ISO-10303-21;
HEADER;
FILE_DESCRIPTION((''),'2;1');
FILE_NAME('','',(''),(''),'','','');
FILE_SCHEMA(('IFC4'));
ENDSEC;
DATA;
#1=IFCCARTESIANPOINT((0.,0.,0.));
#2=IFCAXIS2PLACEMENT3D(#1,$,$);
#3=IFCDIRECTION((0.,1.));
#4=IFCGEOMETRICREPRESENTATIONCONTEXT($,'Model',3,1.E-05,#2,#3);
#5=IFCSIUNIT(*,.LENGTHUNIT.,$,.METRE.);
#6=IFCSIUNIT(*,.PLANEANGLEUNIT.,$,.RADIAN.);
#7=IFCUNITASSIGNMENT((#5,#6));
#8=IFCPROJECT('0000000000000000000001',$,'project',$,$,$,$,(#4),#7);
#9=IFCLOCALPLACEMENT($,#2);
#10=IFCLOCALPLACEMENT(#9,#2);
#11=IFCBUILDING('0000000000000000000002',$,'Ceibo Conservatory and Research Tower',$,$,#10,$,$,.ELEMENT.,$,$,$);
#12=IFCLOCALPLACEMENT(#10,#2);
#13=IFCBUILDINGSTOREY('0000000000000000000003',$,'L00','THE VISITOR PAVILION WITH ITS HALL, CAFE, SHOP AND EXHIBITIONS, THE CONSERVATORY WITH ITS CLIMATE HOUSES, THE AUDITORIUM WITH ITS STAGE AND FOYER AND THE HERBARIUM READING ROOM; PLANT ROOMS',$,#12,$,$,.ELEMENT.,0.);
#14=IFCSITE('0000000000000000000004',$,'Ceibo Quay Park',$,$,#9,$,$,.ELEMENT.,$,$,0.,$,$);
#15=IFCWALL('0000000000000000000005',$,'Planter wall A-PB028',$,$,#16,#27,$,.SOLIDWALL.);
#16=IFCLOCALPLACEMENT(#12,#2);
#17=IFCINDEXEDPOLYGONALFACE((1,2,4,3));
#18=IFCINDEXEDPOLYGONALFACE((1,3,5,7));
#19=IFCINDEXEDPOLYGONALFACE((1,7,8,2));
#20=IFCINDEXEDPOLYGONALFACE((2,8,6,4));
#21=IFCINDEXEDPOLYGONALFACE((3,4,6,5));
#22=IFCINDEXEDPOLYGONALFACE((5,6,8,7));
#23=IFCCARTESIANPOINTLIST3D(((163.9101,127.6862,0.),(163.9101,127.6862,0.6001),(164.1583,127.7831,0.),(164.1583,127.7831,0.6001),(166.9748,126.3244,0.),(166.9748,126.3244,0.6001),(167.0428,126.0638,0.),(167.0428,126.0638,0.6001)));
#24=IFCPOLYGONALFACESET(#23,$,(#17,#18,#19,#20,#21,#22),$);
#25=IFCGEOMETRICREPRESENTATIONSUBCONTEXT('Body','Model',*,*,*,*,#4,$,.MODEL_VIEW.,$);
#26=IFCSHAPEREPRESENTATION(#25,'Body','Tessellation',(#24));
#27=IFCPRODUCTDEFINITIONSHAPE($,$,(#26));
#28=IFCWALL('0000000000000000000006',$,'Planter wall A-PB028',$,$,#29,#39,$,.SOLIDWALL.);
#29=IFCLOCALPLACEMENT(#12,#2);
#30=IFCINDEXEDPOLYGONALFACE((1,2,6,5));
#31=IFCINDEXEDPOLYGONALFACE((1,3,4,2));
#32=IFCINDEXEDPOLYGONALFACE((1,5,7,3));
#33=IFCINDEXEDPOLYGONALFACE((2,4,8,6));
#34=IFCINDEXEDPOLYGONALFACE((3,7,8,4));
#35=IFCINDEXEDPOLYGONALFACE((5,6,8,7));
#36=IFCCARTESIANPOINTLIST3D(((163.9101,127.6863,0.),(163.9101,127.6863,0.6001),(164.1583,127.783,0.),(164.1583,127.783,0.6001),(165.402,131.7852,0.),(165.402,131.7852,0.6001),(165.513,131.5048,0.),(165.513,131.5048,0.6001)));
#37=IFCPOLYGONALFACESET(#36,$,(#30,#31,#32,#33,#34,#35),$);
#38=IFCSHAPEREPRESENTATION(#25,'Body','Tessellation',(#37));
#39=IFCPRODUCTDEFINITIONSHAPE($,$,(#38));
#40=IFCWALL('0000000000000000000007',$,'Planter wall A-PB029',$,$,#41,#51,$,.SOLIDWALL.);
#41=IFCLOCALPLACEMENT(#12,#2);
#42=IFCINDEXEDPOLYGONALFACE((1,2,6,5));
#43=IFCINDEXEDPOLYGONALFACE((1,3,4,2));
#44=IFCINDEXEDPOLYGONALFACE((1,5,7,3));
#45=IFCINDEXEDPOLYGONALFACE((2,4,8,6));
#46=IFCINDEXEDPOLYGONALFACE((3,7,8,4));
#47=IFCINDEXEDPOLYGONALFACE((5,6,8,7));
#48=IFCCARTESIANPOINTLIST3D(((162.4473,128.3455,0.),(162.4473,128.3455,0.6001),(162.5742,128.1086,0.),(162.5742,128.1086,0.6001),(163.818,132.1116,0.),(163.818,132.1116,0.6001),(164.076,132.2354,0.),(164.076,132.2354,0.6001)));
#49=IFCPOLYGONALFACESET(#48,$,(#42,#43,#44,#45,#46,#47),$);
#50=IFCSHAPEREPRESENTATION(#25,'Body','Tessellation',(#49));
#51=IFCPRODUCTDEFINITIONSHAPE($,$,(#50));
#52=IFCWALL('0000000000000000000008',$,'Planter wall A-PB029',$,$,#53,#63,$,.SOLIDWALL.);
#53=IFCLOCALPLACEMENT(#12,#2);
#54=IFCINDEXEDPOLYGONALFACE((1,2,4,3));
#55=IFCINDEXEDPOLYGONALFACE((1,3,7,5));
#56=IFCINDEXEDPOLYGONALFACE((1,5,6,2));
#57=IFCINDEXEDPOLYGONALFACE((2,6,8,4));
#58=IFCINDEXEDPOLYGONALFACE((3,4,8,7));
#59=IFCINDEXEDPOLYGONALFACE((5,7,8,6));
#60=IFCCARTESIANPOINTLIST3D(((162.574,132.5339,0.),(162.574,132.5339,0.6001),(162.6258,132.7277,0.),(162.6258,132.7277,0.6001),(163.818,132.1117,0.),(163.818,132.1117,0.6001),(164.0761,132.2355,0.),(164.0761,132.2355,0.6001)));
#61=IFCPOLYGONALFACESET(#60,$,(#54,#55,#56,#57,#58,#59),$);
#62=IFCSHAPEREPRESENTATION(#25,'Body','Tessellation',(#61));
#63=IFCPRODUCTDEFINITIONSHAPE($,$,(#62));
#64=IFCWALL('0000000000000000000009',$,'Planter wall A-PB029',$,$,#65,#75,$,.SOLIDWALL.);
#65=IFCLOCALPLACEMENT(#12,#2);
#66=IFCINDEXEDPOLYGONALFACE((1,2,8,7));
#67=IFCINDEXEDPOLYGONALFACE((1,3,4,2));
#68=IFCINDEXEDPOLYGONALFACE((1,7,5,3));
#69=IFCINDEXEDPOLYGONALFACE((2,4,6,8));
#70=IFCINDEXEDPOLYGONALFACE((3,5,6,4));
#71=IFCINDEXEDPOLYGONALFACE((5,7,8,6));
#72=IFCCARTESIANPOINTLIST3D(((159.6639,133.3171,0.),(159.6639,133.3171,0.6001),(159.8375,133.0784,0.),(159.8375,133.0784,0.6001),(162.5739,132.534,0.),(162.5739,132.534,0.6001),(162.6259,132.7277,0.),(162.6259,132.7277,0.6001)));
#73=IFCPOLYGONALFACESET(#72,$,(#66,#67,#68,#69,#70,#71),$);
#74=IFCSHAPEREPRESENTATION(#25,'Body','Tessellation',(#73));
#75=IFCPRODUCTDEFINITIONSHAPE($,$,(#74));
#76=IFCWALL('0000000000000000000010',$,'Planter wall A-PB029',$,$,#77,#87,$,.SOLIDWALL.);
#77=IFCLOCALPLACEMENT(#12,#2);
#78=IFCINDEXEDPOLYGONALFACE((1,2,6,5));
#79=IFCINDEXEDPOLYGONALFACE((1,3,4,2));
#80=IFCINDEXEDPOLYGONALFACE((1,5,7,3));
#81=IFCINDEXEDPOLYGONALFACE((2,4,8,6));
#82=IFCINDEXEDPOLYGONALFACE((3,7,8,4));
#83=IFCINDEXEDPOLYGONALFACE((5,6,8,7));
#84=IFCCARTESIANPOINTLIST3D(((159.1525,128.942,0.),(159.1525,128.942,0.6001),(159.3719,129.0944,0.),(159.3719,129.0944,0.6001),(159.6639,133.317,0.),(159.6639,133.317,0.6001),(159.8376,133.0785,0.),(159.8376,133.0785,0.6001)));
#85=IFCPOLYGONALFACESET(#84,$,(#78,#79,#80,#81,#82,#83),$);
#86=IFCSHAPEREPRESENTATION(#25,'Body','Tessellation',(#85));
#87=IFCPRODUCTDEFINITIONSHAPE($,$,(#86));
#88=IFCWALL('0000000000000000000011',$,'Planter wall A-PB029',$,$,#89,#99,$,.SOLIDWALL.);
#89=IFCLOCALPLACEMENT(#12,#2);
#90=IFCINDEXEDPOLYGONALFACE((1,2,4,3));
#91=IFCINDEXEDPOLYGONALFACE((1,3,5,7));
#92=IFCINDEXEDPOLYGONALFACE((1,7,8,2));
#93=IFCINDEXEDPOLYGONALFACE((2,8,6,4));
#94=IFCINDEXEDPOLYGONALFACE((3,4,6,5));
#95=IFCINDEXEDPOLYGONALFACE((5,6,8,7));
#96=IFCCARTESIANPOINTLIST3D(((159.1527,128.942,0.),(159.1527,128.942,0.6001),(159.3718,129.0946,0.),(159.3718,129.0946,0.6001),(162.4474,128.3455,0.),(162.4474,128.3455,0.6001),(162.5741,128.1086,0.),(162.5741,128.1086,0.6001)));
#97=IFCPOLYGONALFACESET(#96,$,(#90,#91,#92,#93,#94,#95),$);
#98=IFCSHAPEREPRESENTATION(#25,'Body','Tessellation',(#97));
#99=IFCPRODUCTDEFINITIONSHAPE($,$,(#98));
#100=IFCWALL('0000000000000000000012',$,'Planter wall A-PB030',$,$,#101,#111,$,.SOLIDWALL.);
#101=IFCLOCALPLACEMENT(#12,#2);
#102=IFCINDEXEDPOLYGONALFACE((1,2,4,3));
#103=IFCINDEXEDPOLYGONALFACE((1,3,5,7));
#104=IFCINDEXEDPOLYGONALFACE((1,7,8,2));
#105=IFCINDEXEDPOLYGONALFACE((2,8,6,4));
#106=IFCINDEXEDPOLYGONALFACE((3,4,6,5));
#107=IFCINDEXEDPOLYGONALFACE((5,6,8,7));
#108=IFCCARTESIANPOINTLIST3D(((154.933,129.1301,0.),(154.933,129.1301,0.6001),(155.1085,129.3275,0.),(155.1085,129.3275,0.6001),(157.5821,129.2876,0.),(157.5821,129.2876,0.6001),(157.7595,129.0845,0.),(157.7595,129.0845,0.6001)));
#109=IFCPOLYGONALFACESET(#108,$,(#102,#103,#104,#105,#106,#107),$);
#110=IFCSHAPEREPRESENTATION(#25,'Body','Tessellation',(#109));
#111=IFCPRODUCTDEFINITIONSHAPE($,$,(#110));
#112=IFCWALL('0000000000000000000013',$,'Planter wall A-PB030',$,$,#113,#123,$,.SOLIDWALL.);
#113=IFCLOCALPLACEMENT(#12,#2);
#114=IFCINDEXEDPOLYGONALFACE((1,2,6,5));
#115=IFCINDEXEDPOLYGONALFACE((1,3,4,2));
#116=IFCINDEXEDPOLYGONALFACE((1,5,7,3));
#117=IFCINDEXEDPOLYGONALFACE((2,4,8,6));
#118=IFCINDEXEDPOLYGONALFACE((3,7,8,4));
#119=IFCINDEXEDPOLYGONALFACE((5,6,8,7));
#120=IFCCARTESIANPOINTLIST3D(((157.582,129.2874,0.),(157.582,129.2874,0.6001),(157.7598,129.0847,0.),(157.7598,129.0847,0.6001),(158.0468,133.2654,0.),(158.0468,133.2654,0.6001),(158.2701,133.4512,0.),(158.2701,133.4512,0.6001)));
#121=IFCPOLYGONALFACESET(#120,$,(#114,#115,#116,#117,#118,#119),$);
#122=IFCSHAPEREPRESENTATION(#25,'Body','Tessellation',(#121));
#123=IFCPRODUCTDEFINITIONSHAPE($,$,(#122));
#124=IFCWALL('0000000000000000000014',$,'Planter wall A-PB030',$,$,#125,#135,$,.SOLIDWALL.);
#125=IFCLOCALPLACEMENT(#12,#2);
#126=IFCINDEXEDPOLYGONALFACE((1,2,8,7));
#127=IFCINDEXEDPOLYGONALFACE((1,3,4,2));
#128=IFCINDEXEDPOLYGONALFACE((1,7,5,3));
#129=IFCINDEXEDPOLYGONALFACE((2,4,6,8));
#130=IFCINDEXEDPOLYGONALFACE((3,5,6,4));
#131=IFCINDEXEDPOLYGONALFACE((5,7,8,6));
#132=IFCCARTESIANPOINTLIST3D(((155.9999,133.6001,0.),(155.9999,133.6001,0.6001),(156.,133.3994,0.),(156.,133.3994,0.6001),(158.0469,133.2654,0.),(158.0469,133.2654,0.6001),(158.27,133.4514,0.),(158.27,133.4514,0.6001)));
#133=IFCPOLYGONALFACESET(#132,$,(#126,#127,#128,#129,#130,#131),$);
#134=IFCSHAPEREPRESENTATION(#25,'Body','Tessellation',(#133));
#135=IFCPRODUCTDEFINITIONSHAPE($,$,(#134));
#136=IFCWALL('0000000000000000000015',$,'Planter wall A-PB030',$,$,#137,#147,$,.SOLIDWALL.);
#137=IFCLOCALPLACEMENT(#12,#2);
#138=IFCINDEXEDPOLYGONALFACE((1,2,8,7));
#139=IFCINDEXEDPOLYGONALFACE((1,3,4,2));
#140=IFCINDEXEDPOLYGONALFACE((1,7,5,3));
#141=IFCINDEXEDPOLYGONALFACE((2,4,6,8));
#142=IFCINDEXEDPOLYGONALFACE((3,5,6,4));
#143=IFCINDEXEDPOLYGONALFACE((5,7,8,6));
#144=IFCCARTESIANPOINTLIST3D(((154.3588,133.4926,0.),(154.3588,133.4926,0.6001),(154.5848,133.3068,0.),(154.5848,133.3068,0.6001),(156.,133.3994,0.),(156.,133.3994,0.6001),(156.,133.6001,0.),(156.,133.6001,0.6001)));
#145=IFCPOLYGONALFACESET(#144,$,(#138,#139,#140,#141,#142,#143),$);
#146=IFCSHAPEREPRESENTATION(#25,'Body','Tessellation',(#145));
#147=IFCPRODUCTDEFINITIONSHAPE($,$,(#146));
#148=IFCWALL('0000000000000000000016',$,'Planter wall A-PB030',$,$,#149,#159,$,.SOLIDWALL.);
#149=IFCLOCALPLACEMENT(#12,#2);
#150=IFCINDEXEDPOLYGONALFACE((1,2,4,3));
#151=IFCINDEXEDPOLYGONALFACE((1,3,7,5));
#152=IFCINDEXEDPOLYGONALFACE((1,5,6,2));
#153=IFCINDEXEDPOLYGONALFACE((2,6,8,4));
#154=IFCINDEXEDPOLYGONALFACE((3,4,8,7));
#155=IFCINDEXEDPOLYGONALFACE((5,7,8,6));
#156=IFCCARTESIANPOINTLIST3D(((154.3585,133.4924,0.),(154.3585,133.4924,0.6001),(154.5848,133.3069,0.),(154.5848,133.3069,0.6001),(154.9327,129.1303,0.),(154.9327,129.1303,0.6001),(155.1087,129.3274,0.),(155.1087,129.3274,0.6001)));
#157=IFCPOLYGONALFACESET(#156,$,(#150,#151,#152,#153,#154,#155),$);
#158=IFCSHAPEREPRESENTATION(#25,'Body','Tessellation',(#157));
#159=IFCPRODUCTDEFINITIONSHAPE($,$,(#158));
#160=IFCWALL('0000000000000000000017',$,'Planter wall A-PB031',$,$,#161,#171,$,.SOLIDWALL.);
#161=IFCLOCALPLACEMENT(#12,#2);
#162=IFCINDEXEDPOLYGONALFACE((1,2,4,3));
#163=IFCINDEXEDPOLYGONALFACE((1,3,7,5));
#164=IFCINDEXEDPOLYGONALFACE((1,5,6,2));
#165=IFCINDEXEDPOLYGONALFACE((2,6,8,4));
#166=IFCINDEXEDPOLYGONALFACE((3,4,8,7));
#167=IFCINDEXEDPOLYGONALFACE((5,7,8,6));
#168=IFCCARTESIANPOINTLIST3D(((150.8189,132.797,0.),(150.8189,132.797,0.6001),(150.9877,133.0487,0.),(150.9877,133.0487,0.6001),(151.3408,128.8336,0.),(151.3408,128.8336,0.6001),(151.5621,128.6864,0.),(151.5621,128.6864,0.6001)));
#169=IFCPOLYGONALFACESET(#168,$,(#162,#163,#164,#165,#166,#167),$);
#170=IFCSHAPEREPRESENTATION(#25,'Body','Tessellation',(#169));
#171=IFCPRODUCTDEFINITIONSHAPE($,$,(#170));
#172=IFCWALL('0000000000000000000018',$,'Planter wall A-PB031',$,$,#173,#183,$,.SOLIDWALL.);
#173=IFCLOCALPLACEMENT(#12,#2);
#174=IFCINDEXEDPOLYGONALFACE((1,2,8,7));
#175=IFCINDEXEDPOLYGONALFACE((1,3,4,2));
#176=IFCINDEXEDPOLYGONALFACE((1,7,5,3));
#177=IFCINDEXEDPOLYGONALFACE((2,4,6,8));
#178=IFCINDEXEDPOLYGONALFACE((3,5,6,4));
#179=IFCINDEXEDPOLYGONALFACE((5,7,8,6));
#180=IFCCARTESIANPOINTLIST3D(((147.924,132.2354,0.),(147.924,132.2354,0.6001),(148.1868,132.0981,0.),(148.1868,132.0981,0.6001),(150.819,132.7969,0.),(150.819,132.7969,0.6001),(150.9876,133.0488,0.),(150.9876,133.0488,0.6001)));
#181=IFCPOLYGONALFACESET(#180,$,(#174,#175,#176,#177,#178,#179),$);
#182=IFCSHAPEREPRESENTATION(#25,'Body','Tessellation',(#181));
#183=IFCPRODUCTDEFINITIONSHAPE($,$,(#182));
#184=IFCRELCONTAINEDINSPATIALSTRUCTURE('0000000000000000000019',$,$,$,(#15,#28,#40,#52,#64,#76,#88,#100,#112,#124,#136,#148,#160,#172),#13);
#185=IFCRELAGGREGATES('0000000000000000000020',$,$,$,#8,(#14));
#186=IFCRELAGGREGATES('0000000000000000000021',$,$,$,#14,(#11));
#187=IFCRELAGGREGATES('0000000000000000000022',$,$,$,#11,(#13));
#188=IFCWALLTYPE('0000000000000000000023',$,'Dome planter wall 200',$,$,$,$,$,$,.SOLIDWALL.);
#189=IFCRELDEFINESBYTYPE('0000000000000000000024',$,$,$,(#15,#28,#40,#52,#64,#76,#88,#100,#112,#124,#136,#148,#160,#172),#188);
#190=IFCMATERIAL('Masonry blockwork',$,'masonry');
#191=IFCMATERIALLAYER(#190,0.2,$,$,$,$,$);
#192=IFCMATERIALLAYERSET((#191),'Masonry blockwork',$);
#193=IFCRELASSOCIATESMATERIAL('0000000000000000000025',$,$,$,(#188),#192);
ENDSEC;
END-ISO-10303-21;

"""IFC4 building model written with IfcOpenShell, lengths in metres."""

from ifc_helpers import new_model, si_unit, direction, frame, origin, place, context, subcontext, project, spatial, polyline, outline, extrude, material, layer, layer_set, type_object, element, save


model = new_model("IFC4")

# Units and contexts
model_context = context("Model", 3, precision=1e-05, world=origin(), true_north=direction((0.0, 1.0)))
body_context = subcontext(model_context, "Body", "Model", "MODEL_VIEW")
ifc_project = project(units=[si_unit("LENGTHUNIT", "METRE"), si_unit("PLANEANGLEUNIT", "RADIAN")], contexts=[model_context])

# Site, building, storey
site_placement = place(None, origin())
site = spatial("IfcSite", under=ifc_project, at=site_placement, Name="Ceibo Quay Park", CompositionType="ELEMENT", RefElevation=0.0)
building_placement = place(site_placement, origin())
building = spatial("IfcBuilding", under=site, at=building_placement, Name="Ceibo Conservatory and Research Tower", CompositionType="ELEMENT")
storey_placement = place(building_placement, origin())
storey = spatial("IfcBuildingStorey", under=building, at=storey_placement, Name="L00", Description="THE VISITOR PAVILION WITH ITS HALL, CAFE, SHOP AND EXHIBITIONS, THE CONSERVATORY WITH ITS CLIMATE HOUSES, THE AUDITORIUM WITH ITS STAGE AND FOYER AND THE HERBARIUM READING ROOM; PLANT ROOMS", CompositionType="ELEMENT", Elevation=0.0)

# Walls
ifc_material_1 = material(Name="Masonry blockwork", Category="masonry")
ifc_layer_1 = layer(ifc_material_1, 0.2)
ifc_layer_set_1 = layer_set([ifc_layer_1], Name="Masonry blockwork")
wall_type_1 = type_object("IfcWallType", Name="Dome planter wall 200", PredefinedType="SOLIDWALL", material=ifc_layer_set_1)
wall_1_placement = place(storey_placement, frame((164.0342, 127.7346, 0.0), z_axis=(0.0, 0.0, 1.0), x_axis=(0.887982, -0.459879, 0.0)))
element("IfcWall", 1, at=wall_1_placement, inside=storey, type_object=wall_type_1, Name="Planter wall A-PB028", PredefinedType="SOLIDWALL", context=body_context, shape_type="SweptSolid", body=[
    extrude(outline(polyline([(-0.0879, -0.1001), (3.4399, -0.1001), (3.2598, 0.1001), (0.0879, 0.1001), (-0.0879, -0.1001)])), origin(), (0.0, 0.0, 1.0), 0.6001),
])
wall_2_placement = place(storey_placement, frame((165.4575, 131.645, 0.0), z_axis=(0.0, 0.0, 1.0), x_axis=(-0.342035, -0.939687, 0.0)))
element("IfcWall", 2, at=wall_2_placement, inside=storey, type_object=wall_type_1, Name="Planter wall A-PB028", PredefinedType="SOLIDWALL", context=body_context, shape_type="SweptSolid", body=[
    extrude(outline(polyline([(-0.1128, -0.1001), (4.2493, -0.1001), (4.0735, 0.1001), (0.1128, 0.1001), (-0.1128, -0.1001)])), origin(), (0.0, 0.0, 1.0), 0.6001),
])
wall_3_placement = place(storey_placement, frame((162.5107, 128.2271, 0.0), z_axis=(0.0, 0.0, 1.0), x_axis=(0.34199, 0.939703, 0.0)))
element("IfcWall", 3, at=wall_3_placement, inside=storey, type_object=wall_type_1, Name="Planter wall A-PB029", PredefinedType="SOLIDWALL", context=body_context, shape_type="SweptSolid", body=[
    extrude(outline(polyline([(-0.0896, -0.1001), (4.302, -0.1001), (4.0974, 0.1001), (0.0896, 0.1001), (-0.0896, -0.1001)])), origin(), (0.0, 0.0, 1.0), 0.6001),
])
wall_4_placement = place(storey_placement, frame((163.947, 132.1736, 0.0), z_axis=(0.0, 0.0, 1.0), x_axis=(-0.946936, 0.321423, 0.0)))
element("IfcWall", 4, at=wall_4_placement, inside=storey, type_object=wall_type_1, Name="Planter wall A-PB029", PredefinedType="SOLIDWALL", context=body_context, shape_type="SweptSolid", body=[
    extrude(outline(polyline([(-0.1023, -0.1001), (1.4292, -0.1001), (1.416, 0.1001), (0.1023, 0.1001), (-0.1023, -0.1001)])), origin(), (0.0, 0.0, 1.0), 0.6001),
])
wall_5_placement = place(storey_placement, frame((162.5999, 132.6309, 0.0), z_axis=(0.0, 0.0, 1.0), x_axis=(-0.980774, 0.195146, 0.0)))
element("IfcWall", 5, at=wall_5_placement, inside=storey, type_object=wall_type_1, Name="Planter wall A-PB029", PredefinedType="SOLIDWALL", context=body_context, shape_type="SweptSolid", body=[
    extrude(outline(polyline([(-0.0066, -0.1001), (3.0134, -0.1001), (2.7966, 0.1001), (0.0066, 0.1001), (-0.0066, -0.1001)])), origin(), (0.0, 0.0, 1.0), 0.6001),
])
wall_6_placement = place(storey_placement, frame((159.7507, 133.1978, 0.0), z_axis=(0.0, 0.0, 1.0), x_axis=(-0.116097, -0.993238, 0.0)))
element("IfcWall", 6, at=wall_6_placement, inside=storey, type_object=wall_type_1, Name="Planter wall A-PB029", PredefinedType="SOLIDWALL", context=body_context, shape_type="SweptSolid", body=[
    extrude(outline(polyline([(-0.1084, -0.1001), (4.2964, -0.1001), (4.1196, 0.1001), (0.1084, 0.1001), (-0.1084, -0.1001)])), origin(), (0.0, 0.0, 1.0), 0.6001),
])
wall_7_placement = place(storey_placement, frame((159.2622, 129.0183, 0.0), z_axis=(0.0, 0.0, 1.0), x_axis=(0.971594, -0.236655, 0.0)))
element("IfcWall", 7, at=wall_7_placement, inside=storey, type_object=wall_type_1, Name="Planter wall A-PB029", PredefinedType="SOLIDWALL", context=body_context, shape_type="SweptSolid", body=[
    extrude(outline(polyline([(-0.0884, -0.1001), (3.4331, -0.1001), (3.2539, 0.1001), (0.0884, 0.1001), (-0.0884, -0.1001)])), origin(), (0.0, 0.0, 1.0), 0.6001),
])
wall_8_placement = place(storey_placement, frame((155.0208, 129.2288, 0.0), z_axis=(0.0, 0.0, 1.0), x_axis=(0.99987, -0.01612, 0.0)))
element("IfcWall", 8, at=wall_8_placement, inside=storey, type_object=wall_type_1, Name="Planter wall A-PB030", PredefinedType="SOLIDWALL", context=body_context, shape_type="SweptSolid", body=[
    extrude(outline(polyline([(-0.0862, -0.1001), (2.7407, -0.1001), (2.5601, 0.1001), (0.0862, 0.1001), (-0.0862, -0.1001)])), origin(), (0.0, 0.0, 1.0), 0.6001),
])
wall_9_placement = place(storey_placement, frame((157.6709, 129.186, 0.0), z_axis=(0.0, 0.0, 1.0), x_axis=(0.116062, 0.993242, 0.0)))
element("IfcWall", 9, at=wall_9_placement, inside=storey, type_object=wall_type_1, Name="Planter wall A-PB030", PredefinedType="SOLIDWALL", context=body_context, shape_type="SweptSolid", body=[
    extrude(outline(polyline([(-0.0903, -0.1001), (4.3059, -0.1001), (4.0955, 0.1001), (0.0903, 0.1001), (-0.0903, -0.1001)])), origin(), (0.0, 0.0, 1.0), 0.6001),
])
wall_10_placement = place(storey_placement, frame((158.1584, 133.3584, 0.0), z_axis=(0.0, 0.0, 1.0), x_axis=(-0.997862, 0.06535, 0.0)))
element("IfcWall", 10, at=wall_10_placement, inside=storey, type_object=wall_type_1, Name="Planter wall A-PB030", PredefinedType="SOLIDWALL", context=body_context, shape_type="SweptSolid", body=[
    extrude(outline(polyline([(-0.1052, -0.1001), (2.1697, -0.1001), (2.1565, 0.1001), (0.1052, 0.1001), (-0.1052, -0.1001)])), origin(), (0.0, 0.0, 1.0), 0.6001),
])
wall_11_placement = place(storey_placement, frame((156.0, 133.4998, 0.0), z_axis=(0.0, 0.0, 1.0), x_axis=(-0.997862, -0.065355, 0.0)))
element("IfcWall", 11, at=wall_11_placement, inside=storey, type_object=wall_type_1, Name="Planter wall A-PB030", PredefinedType="SOLIDWALL", context=body_context, shape_type="SweptSolid", body=[
    extrude(outline(polyline([(-0.0066, -0.1001), (1.6382, -0.1001), (1.4248, 0.1001), (0.0066, 0.1001), (-0.0066, -0.1001)])), origin(), (0.0, 0.0, 1.0), 0.6001),
])
wall_12_placement = place(storey_placement, frame((154.4717, 133.3997, 0.0), z_axis=(0.0, 0.0, 1.0), x_axis=(0.130518, -0.991446, 0.0)))
element("IfcWall", 12, at=wall_12_placement, inside=storey, type_object=wall_type_1, Name="Planter wall A-PB030", PredefinedType="SOLIDWALL", context=body_context, shape_type="SweptSolid", body=[
    extrude(outline(polyline([(-0.1067, -0.1001), (4.293, -0.1001), (4.1206, 0.1001), (0.1067, 0.1001), (-0.1067, -0.1001)])), origin(), (0.0, 0.0, 1.0), 0.6001),
])
wall_13_placement = place(storey_placement, frame((151.4514, 128.76, 0.0), z_axis=(0.0, 0.0, 1.0), x_axis=(-0.130537, 0.991443, 0.0)))
element("IfcWall", 13, at=wall_13_placement, inside=storey, type_object=wall_type_1, Name="Planter wall A-PB031", PredefinedType="SOLIDWALL", context=body_context, shape_type="SweptSolid", body=[
    extrude(outline(polyline([(-0.0874, -0.1001), (4.3125, -0.1001), (4.085, 0.1001), (0.0874, 0.1001), (-0.0874, -0.1001)])), origin(), (0.0, 0.0, 1.0), 0.6001),
])
wall_14_placement = place(storey_placement, frame((150.9033, 132.9229, 0.0), z_axis=(0.0, 0.0, 1.0), x_axis=(-0.966516, -0.256605, 0.0)))
element("IfcWall", 14, at=wall_14_placement, inside=storey, type_object=wall_type_1, Name="Planter wall A-PB031", PredefinedType="SOLIDWALL", context=body_context, shape_type="SweptSolid", body=[
    extrude(outline(polyline([(-0.1138, -0.1001), (3.0559, -0.1001), (2.8372, 0.1001), (0.1138, 0.1001), (-0.1138, -0.1001)])), origin(), (0.0, 0.0, 1.0), 0.6001),
])

save(model, "model.ifc")
